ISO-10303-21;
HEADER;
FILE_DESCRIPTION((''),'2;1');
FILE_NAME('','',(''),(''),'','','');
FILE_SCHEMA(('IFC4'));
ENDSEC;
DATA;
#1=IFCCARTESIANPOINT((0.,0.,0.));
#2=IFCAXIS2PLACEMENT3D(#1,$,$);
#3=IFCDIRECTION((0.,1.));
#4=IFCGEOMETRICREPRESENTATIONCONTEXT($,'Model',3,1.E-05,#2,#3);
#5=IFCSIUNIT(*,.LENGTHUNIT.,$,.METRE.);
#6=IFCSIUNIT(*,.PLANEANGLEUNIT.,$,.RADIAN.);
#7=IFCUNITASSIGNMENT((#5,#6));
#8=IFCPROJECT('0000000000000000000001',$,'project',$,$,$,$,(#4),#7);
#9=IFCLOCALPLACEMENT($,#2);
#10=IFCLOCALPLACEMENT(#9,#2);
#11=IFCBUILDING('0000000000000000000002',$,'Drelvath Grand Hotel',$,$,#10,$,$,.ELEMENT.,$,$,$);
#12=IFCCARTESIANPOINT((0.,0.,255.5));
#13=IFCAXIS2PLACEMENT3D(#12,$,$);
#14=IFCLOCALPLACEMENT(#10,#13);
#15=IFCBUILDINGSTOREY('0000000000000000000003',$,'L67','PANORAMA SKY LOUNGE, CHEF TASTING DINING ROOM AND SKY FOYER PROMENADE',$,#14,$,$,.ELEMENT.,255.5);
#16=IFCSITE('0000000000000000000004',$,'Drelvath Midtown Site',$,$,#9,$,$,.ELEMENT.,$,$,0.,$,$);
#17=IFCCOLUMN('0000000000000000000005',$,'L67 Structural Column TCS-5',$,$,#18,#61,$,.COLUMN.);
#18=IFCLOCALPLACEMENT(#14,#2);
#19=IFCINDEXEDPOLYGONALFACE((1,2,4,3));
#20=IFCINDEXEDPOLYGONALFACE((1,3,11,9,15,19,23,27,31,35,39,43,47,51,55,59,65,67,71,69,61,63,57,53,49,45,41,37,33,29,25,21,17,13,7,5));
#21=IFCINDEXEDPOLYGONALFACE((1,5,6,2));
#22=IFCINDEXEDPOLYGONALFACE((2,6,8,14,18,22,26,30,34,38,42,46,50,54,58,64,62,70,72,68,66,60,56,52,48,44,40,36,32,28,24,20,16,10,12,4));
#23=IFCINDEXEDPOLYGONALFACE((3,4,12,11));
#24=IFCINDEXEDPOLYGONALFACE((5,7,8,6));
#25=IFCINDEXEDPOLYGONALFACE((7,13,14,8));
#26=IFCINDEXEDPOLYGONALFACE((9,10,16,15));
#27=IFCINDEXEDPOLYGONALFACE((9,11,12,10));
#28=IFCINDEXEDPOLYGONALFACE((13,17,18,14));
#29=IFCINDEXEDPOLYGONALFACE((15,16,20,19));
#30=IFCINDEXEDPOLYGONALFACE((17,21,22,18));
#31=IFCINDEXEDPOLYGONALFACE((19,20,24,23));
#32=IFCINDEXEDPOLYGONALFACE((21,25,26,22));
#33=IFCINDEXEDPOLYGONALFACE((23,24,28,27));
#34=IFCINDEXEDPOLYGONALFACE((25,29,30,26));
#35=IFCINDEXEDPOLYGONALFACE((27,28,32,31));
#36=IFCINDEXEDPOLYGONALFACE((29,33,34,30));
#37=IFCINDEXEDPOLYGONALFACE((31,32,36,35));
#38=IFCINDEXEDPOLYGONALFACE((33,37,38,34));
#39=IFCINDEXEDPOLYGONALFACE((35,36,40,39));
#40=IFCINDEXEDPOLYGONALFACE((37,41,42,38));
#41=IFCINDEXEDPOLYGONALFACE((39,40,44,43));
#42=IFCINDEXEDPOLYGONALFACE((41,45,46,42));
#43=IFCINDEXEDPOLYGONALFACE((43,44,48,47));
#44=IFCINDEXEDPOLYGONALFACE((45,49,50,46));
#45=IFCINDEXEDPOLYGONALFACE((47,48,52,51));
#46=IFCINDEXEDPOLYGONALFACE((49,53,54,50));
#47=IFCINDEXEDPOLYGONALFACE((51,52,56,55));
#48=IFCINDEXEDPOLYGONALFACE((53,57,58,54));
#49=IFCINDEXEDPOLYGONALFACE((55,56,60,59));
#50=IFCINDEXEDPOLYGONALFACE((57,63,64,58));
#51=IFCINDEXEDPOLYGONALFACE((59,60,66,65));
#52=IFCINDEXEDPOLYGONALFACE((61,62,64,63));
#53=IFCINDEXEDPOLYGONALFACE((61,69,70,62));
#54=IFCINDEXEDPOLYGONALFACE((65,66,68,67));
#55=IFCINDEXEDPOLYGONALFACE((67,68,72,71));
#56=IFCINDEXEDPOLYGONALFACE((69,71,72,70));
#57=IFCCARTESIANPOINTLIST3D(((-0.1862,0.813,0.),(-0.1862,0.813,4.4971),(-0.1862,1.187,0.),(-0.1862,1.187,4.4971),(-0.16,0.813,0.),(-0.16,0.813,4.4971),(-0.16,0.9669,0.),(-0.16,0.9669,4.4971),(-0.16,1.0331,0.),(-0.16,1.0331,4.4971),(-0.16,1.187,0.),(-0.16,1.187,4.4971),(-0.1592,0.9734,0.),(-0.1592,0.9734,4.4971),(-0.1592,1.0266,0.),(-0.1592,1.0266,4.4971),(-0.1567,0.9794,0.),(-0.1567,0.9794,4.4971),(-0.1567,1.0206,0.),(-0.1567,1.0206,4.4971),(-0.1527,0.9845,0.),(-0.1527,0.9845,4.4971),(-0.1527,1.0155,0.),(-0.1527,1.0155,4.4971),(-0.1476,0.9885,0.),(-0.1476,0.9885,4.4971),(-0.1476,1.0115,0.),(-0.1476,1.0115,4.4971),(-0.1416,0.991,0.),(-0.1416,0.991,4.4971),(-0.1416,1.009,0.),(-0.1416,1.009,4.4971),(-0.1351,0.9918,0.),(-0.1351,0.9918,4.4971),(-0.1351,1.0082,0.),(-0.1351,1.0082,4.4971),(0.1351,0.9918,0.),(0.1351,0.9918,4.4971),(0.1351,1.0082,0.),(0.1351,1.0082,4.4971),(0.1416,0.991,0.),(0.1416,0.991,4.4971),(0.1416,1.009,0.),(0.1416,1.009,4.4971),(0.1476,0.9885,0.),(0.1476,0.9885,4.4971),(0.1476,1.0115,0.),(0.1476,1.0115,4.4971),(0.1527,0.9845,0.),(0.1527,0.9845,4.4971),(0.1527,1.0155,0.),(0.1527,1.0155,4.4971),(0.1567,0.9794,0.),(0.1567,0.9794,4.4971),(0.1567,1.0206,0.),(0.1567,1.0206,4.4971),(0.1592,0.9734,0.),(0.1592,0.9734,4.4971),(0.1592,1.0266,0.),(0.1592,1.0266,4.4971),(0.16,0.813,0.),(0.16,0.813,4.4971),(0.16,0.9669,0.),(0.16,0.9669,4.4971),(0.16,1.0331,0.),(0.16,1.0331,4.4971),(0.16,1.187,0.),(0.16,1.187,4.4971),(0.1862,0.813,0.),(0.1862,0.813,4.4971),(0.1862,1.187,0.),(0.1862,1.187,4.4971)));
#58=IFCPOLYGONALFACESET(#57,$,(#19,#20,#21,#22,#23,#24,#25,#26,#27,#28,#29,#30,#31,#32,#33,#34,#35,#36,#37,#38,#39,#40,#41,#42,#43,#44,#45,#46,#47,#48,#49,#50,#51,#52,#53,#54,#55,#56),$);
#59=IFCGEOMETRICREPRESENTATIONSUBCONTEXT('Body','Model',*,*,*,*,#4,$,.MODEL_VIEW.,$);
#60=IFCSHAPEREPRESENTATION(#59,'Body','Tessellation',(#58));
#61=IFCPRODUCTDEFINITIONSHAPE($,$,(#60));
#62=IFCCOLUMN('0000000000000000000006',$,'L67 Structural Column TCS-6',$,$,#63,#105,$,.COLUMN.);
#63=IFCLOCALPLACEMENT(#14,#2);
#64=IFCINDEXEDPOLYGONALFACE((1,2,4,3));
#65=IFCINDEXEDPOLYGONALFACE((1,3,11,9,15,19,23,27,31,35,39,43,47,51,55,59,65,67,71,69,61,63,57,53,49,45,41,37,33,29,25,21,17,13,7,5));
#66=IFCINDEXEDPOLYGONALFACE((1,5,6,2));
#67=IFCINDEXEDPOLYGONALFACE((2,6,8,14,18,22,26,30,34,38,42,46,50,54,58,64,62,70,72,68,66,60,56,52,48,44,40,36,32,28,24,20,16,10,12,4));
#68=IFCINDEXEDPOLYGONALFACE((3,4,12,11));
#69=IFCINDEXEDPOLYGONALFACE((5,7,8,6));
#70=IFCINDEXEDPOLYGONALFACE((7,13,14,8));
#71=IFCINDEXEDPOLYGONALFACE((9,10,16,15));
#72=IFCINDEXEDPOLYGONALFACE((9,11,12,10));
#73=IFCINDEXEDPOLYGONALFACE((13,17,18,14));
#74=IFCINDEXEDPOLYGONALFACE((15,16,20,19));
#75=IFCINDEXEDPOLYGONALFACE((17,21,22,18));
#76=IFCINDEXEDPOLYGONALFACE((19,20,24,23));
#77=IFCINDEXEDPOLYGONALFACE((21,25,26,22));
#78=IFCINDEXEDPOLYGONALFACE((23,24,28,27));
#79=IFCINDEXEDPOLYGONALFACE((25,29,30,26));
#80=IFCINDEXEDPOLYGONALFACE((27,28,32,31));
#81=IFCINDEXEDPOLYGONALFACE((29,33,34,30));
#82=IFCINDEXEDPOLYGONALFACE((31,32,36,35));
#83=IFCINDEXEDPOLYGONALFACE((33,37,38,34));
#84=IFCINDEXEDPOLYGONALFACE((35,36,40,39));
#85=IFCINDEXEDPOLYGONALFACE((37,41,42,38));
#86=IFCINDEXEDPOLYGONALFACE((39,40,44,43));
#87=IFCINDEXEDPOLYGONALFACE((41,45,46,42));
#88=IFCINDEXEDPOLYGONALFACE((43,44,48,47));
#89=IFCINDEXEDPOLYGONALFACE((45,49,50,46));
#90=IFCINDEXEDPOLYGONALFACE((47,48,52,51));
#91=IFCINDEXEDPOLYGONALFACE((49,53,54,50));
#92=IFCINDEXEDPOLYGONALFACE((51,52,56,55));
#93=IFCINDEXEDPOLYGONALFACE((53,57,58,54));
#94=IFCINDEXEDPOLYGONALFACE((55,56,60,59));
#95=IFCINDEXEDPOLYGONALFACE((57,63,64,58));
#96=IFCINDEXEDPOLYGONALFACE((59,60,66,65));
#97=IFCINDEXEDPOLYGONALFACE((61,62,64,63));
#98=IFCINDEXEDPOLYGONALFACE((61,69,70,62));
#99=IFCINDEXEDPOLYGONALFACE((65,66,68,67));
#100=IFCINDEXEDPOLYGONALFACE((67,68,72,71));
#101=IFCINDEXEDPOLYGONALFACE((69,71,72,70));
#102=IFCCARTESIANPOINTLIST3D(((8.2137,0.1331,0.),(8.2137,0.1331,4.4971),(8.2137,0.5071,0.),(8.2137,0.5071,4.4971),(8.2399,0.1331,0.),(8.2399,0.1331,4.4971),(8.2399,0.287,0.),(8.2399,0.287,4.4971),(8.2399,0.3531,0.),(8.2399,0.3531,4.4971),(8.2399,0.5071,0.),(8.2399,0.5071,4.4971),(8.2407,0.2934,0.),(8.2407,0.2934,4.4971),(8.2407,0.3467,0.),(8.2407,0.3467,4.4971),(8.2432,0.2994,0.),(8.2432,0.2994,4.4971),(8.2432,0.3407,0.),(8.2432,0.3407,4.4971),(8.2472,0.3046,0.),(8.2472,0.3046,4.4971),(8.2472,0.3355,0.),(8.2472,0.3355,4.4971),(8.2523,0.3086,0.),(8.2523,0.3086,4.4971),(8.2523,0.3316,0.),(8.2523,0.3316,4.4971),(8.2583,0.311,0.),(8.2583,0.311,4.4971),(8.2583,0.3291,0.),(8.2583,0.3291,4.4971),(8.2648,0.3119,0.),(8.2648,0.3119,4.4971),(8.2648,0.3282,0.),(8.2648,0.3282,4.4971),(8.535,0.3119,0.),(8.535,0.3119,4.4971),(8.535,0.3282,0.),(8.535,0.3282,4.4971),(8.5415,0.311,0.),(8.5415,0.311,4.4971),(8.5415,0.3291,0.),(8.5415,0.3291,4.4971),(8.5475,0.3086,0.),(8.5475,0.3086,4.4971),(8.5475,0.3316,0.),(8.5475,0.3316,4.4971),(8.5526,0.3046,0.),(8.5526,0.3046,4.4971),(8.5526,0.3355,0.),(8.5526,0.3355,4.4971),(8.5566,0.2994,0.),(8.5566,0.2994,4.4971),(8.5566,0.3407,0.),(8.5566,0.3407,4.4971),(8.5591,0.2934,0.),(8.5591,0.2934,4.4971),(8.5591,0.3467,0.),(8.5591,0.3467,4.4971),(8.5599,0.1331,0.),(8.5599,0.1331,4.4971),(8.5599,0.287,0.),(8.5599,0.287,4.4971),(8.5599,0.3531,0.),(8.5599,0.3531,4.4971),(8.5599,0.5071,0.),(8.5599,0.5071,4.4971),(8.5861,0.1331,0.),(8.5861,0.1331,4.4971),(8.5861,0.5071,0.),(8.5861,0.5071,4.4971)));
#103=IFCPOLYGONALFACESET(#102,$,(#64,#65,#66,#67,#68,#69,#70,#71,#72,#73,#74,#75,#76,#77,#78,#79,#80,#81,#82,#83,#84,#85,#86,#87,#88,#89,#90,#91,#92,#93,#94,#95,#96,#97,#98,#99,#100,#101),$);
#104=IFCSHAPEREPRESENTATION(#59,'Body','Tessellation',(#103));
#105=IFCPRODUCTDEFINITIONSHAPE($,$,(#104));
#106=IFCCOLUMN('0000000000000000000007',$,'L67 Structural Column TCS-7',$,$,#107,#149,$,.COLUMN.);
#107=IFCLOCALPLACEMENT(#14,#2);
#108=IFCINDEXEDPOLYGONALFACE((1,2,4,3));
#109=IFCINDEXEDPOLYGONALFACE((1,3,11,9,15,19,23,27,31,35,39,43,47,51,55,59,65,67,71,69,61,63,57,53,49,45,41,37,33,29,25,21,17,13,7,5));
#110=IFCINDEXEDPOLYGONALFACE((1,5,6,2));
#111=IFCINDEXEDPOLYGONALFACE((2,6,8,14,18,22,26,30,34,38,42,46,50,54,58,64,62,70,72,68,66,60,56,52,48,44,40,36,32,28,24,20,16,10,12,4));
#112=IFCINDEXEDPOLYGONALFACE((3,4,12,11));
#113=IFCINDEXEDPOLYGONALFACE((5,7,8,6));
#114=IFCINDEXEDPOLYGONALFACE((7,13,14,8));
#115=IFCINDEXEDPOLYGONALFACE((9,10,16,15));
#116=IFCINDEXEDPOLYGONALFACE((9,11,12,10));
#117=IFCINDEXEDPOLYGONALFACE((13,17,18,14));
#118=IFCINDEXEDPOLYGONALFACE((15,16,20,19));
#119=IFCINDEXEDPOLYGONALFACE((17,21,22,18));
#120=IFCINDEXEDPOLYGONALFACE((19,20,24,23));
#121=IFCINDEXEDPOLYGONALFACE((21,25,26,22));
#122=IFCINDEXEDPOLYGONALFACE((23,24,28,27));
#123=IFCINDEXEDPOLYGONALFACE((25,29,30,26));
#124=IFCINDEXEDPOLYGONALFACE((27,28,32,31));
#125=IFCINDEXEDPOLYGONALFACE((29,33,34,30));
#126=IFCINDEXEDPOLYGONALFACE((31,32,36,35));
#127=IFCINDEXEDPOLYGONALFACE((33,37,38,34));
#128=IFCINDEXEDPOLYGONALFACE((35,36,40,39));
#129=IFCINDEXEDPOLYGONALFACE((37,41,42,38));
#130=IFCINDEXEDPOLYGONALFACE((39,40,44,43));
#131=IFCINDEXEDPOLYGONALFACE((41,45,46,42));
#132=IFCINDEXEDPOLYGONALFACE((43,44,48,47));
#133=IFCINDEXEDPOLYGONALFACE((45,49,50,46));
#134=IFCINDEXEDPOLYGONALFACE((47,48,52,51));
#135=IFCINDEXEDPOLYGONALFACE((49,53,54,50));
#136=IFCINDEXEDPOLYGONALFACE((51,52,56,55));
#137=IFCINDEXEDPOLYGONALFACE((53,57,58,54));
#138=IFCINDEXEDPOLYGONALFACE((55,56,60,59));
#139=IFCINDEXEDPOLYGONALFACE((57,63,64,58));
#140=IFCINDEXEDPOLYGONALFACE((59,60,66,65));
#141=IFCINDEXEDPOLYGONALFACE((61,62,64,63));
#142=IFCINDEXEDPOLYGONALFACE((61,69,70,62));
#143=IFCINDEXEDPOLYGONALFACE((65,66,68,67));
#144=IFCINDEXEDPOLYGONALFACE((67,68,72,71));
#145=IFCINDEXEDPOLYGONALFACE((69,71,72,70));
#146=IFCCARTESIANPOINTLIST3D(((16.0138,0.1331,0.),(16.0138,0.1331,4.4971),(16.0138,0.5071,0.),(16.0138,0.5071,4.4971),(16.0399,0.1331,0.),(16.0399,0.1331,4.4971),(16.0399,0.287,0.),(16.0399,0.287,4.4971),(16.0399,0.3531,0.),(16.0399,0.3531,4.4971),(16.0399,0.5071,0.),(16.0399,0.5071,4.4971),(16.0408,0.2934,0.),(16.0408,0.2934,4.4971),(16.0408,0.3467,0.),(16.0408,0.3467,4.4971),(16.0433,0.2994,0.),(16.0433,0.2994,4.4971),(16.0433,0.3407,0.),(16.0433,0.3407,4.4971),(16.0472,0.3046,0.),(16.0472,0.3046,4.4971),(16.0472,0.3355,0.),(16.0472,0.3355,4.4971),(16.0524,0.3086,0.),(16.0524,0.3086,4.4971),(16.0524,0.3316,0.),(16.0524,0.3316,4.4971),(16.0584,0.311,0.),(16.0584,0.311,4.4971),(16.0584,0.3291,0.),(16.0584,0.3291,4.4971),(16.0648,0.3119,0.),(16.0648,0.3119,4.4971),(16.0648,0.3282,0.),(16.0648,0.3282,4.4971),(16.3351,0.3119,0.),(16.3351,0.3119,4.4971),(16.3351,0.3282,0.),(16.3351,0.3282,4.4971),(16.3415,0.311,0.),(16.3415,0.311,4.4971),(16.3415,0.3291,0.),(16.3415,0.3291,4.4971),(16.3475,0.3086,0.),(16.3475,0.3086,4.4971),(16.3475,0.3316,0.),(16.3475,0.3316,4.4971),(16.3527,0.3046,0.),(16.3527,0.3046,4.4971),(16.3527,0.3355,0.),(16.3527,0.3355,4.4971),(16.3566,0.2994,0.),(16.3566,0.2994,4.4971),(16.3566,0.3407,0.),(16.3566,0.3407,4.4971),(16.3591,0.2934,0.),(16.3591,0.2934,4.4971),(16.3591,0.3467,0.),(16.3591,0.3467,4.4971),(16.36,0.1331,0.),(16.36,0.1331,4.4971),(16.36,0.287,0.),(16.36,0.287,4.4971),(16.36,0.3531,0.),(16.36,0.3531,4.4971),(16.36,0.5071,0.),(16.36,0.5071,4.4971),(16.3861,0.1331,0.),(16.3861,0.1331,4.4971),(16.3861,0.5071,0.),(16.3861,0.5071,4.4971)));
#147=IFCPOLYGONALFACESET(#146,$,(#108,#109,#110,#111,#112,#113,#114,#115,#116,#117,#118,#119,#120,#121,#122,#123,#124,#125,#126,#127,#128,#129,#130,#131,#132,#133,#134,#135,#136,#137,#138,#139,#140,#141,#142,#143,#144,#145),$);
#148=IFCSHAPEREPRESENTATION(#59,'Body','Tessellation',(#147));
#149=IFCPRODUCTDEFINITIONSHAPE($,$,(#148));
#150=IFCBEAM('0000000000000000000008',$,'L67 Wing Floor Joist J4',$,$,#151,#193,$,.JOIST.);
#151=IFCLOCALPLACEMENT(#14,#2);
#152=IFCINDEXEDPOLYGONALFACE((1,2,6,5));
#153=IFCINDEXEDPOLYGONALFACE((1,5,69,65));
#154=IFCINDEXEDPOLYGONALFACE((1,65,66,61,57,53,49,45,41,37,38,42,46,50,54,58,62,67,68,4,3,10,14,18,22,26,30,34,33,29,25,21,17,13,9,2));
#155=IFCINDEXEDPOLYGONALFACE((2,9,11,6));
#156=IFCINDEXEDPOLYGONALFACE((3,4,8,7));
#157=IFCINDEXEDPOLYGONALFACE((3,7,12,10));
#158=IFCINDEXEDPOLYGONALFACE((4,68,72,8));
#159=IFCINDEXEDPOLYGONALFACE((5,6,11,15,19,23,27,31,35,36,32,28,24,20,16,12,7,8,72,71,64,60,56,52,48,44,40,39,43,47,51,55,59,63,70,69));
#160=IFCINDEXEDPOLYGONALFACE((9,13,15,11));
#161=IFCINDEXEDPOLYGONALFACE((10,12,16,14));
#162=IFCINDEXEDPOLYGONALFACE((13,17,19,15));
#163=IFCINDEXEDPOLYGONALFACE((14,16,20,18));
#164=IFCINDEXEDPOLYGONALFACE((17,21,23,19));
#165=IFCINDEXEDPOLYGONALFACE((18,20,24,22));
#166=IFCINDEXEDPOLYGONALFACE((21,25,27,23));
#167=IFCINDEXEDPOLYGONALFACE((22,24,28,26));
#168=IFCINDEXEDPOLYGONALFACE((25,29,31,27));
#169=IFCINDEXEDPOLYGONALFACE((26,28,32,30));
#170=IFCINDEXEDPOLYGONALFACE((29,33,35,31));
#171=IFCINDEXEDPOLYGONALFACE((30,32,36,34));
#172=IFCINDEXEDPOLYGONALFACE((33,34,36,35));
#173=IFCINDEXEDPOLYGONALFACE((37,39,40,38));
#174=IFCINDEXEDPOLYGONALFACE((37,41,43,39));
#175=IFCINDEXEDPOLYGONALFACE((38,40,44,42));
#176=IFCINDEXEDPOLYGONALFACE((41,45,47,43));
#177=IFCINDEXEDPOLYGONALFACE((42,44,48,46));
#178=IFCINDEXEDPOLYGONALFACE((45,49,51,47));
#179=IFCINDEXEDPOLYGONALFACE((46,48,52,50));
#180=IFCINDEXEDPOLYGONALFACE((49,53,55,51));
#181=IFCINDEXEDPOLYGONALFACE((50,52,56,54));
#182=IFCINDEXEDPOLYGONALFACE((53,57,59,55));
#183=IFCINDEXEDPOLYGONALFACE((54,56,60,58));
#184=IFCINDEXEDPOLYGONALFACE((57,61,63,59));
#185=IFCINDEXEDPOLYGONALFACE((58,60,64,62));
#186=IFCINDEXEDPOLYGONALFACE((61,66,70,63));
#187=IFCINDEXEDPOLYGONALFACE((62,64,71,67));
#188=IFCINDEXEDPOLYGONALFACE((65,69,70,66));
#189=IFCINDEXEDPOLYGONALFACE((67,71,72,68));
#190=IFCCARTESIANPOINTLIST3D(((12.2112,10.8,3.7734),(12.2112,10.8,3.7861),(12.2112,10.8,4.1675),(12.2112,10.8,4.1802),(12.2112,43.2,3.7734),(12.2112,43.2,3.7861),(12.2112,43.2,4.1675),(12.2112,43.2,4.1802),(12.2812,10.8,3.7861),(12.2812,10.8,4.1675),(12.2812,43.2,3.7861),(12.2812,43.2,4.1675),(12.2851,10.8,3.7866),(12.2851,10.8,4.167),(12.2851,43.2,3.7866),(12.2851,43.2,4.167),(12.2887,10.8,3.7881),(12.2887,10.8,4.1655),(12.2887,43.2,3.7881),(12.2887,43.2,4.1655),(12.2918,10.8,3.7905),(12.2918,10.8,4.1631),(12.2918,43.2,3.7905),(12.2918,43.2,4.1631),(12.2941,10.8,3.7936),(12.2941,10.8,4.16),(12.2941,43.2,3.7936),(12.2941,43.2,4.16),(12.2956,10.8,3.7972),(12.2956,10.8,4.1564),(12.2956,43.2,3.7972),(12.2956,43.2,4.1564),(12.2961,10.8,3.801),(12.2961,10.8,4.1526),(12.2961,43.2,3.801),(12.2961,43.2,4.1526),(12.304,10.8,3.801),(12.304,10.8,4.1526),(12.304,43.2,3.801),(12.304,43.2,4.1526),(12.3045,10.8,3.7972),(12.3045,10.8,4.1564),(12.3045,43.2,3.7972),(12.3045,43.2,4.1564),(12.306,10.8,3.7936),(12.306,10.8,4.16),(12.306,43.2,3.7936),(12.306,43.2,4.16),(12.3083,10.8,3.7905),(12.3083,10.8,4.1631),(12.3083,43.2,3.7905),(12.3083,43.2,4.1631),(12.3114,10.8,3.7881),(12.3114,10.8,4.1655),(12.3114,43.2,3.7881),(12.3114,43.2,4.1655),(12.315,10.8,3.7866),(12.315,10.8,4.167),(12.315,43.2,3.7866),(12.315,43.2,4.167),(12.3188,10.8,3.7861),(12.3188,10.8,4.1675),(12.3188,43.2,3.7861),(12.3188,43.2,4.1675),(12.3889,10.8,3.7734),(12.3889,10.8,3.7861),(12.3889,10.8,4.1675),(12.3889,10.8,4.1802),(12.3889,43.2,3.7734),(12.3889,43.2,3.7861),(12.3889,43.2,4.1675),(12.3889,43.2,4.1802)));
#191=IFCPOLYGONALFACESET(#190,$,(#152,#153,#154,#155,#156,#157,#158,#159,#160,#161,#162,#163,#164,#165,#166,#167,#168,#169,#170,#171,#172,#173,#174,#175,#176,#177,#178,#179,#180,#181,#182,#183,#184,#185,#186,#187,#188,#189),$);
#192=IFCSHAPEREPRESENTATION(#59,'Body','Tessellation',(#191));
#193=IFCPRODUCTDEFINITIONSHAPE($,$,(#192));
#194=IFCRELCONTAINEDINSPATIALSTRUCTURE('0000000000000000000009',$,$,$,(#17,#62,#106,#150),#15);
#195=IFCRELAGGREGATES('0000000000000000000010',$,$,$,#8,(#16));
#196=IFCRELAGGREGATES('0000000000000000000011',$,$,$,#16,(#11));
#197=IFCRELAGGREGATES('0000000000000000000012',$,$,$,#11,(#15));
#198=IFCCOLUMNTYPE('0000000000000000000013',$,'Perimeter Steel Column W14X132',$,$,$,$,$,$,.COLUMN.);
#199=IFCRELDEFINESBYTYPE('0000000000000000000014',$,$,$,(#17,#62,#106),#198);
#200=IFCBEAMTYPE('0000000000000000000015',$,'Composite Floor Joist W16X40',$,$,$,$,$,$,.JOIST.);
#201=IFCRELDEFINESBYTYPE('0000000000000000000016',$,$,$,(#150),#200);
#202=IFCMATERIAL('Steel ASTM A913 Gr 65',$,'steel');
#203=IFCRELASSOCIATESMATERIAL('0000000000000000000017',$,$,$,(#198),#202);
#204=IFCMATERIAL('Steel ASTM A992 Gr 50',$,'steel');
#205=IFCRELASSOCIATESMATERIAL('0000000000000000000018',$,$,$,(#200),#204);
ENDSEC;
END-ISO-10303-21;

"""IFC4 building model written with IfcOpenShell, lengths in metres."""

from ifc_helpers import new_model, si_unit, direction, frame, origin, origin_2d, place, context, subcontext, project, spatial, i_section, extrude, material, material_profile, profile_set, type_object, element, save


model = new_model("IFC4")

# Units and contexts
model_context = context("Model", 3, precision=1e-05, world=origin(), true_north=direction((0.0, 1.0)))
body_context = subcontext(model_context, "Body", "Model", "MODEL_VIEW")
ifc_project = project(units=[si_unit("LENGTHUNIT", "METRE"), si_unit("PLANEANGLEUNIT", "RADIAN")], contexts=[model_context])

# Site, building, storey
site_placement = place(None, origin())
site = spatial("IfcSite", under=ifc_project, at=site_placement, Name="Drelvath Midtown Site", CompositionType="ELEMENT", RefElevation=0.0)
building_placement = place(site_placement, origin())
building = spatial("IfcBuilding", under=site, at=building_placement, Name="Drelvath Grand Hotel", CompositionType="ELEMENT")
storey_placement = place(building_placement, frame((0.0, 0.0, 255.5)))
storey = spatial("IfcBuildingStorey", under=building, at=storey_placement, Name="L67", Description="PANORAMA SKY LOUNGE, CHEF TASTING DINING ROOM AND SKY FOYER PROMENADE", CompositionType="ELEMENT", Elevation=255.5)

# Columns
ifc_material_1 = material(Name="Steel ASTM A913 Gr 65", Category="steel")
ifc_material_profile_1 = material_profile(ifc_material_1, i_section(OverallWidth=0.374, OverallDepth=0.3723, WebThickness=0.0164, FlangeThickness=0.0261, FilletRadius=0.0249, at=origin_2d()), Name="W14X132")
ifc_profile_set_1 = profile_set([ifc_material_profile_1], Name="Steel ASTM A913 Gr 65")
column_type = type_object("IfcColumnType", Name="Perimeter Steel Column W14X132", PredefinedType="COLUMN", material=ifc_profile_set_1)
for number, where, z_axis, x_axis, name in (
    (1, (0.0, 1.0, 0.0), (0.0, 0.0, 1.0), (0.0, 1.0, 0.0), "L67 Structural Column TCS-5"),
    (2, (8.3999, 0.3201, 0.0), (0.0, 0.0, 1.0), (0.0, 1.0, 0.0), "L67 Structural Column TCS-6"),
    (3, (16.2, 0.3201, 0.0), (0.0, 0.0, 1.0), (0.0, 1.0, 0.0), "L67 Structural Column TCS-7"),
):
    element("IfcColumn", number, at=place(storey_placement, frame(where, z_axis=z_axis, x_axis=x_axis)), inside=storey, type_object=column_type, Name=name, PredefinedType="COLUMN", context=body_context, shape_type="SweptSolid", body=[
        extrude(i_section(OverallWidth=0.374, OverallDepth=0.3723, WebThickness=0.0164, FlangeThickness=0.0261, FilletRadius=0.0249, at=origin_2d()), origin(), (0.0, 0.0, 1.0), 4.4971),
    ])

# Beam
ifc_material_2 = material(Name="Steel ASTM A992 Gr 50", Category="steel")
ifc_material_profile_2 = material_profile(ifc_material_2, i_section(OverallWidth=0.1777, OverallDepth=0.4067, WebThickness=0.0078, FlangeThickness=0.0127, FilletRadius=0.0149, at=origin_2d()), Name="W16X40")
ifc_profile_set_2 = profile_set([ifc_material_profile_2], Name="Steel ASTM A992 Gr 50")
beam_type_1 = type_object("IfcBeamType", Name="Composite Floor Joist W16X40", PredefinedType="JOIST", material=ifc_profile_set_2)
beam_1_placement = place(storey_placement, frame((12.3, 10.8, 3.9768), z_axis=(0.0, 1.0, 0.0), x_axis=(-1.0, 0.0, 0.0)))
element("IfcBeam", 4, at=beam_1_placement, inside=storey, type_object=beam_type_1, Name="L67 Wing Floor Joist J4", PredefinedType="JOIST", context=body_context, shape_type="SweptSolid", body=[
    extrude(i_section(OverallWidth=0.1777, OverallDepth=0.4067, WebThickness=0.0078, FlangeThickness=0.0127, FilletRadius=0.0149, at=origin_2d()), origin(), (0.0, 0.0, 1.0), 32.3999),
])

save(model, "model.ifc")
